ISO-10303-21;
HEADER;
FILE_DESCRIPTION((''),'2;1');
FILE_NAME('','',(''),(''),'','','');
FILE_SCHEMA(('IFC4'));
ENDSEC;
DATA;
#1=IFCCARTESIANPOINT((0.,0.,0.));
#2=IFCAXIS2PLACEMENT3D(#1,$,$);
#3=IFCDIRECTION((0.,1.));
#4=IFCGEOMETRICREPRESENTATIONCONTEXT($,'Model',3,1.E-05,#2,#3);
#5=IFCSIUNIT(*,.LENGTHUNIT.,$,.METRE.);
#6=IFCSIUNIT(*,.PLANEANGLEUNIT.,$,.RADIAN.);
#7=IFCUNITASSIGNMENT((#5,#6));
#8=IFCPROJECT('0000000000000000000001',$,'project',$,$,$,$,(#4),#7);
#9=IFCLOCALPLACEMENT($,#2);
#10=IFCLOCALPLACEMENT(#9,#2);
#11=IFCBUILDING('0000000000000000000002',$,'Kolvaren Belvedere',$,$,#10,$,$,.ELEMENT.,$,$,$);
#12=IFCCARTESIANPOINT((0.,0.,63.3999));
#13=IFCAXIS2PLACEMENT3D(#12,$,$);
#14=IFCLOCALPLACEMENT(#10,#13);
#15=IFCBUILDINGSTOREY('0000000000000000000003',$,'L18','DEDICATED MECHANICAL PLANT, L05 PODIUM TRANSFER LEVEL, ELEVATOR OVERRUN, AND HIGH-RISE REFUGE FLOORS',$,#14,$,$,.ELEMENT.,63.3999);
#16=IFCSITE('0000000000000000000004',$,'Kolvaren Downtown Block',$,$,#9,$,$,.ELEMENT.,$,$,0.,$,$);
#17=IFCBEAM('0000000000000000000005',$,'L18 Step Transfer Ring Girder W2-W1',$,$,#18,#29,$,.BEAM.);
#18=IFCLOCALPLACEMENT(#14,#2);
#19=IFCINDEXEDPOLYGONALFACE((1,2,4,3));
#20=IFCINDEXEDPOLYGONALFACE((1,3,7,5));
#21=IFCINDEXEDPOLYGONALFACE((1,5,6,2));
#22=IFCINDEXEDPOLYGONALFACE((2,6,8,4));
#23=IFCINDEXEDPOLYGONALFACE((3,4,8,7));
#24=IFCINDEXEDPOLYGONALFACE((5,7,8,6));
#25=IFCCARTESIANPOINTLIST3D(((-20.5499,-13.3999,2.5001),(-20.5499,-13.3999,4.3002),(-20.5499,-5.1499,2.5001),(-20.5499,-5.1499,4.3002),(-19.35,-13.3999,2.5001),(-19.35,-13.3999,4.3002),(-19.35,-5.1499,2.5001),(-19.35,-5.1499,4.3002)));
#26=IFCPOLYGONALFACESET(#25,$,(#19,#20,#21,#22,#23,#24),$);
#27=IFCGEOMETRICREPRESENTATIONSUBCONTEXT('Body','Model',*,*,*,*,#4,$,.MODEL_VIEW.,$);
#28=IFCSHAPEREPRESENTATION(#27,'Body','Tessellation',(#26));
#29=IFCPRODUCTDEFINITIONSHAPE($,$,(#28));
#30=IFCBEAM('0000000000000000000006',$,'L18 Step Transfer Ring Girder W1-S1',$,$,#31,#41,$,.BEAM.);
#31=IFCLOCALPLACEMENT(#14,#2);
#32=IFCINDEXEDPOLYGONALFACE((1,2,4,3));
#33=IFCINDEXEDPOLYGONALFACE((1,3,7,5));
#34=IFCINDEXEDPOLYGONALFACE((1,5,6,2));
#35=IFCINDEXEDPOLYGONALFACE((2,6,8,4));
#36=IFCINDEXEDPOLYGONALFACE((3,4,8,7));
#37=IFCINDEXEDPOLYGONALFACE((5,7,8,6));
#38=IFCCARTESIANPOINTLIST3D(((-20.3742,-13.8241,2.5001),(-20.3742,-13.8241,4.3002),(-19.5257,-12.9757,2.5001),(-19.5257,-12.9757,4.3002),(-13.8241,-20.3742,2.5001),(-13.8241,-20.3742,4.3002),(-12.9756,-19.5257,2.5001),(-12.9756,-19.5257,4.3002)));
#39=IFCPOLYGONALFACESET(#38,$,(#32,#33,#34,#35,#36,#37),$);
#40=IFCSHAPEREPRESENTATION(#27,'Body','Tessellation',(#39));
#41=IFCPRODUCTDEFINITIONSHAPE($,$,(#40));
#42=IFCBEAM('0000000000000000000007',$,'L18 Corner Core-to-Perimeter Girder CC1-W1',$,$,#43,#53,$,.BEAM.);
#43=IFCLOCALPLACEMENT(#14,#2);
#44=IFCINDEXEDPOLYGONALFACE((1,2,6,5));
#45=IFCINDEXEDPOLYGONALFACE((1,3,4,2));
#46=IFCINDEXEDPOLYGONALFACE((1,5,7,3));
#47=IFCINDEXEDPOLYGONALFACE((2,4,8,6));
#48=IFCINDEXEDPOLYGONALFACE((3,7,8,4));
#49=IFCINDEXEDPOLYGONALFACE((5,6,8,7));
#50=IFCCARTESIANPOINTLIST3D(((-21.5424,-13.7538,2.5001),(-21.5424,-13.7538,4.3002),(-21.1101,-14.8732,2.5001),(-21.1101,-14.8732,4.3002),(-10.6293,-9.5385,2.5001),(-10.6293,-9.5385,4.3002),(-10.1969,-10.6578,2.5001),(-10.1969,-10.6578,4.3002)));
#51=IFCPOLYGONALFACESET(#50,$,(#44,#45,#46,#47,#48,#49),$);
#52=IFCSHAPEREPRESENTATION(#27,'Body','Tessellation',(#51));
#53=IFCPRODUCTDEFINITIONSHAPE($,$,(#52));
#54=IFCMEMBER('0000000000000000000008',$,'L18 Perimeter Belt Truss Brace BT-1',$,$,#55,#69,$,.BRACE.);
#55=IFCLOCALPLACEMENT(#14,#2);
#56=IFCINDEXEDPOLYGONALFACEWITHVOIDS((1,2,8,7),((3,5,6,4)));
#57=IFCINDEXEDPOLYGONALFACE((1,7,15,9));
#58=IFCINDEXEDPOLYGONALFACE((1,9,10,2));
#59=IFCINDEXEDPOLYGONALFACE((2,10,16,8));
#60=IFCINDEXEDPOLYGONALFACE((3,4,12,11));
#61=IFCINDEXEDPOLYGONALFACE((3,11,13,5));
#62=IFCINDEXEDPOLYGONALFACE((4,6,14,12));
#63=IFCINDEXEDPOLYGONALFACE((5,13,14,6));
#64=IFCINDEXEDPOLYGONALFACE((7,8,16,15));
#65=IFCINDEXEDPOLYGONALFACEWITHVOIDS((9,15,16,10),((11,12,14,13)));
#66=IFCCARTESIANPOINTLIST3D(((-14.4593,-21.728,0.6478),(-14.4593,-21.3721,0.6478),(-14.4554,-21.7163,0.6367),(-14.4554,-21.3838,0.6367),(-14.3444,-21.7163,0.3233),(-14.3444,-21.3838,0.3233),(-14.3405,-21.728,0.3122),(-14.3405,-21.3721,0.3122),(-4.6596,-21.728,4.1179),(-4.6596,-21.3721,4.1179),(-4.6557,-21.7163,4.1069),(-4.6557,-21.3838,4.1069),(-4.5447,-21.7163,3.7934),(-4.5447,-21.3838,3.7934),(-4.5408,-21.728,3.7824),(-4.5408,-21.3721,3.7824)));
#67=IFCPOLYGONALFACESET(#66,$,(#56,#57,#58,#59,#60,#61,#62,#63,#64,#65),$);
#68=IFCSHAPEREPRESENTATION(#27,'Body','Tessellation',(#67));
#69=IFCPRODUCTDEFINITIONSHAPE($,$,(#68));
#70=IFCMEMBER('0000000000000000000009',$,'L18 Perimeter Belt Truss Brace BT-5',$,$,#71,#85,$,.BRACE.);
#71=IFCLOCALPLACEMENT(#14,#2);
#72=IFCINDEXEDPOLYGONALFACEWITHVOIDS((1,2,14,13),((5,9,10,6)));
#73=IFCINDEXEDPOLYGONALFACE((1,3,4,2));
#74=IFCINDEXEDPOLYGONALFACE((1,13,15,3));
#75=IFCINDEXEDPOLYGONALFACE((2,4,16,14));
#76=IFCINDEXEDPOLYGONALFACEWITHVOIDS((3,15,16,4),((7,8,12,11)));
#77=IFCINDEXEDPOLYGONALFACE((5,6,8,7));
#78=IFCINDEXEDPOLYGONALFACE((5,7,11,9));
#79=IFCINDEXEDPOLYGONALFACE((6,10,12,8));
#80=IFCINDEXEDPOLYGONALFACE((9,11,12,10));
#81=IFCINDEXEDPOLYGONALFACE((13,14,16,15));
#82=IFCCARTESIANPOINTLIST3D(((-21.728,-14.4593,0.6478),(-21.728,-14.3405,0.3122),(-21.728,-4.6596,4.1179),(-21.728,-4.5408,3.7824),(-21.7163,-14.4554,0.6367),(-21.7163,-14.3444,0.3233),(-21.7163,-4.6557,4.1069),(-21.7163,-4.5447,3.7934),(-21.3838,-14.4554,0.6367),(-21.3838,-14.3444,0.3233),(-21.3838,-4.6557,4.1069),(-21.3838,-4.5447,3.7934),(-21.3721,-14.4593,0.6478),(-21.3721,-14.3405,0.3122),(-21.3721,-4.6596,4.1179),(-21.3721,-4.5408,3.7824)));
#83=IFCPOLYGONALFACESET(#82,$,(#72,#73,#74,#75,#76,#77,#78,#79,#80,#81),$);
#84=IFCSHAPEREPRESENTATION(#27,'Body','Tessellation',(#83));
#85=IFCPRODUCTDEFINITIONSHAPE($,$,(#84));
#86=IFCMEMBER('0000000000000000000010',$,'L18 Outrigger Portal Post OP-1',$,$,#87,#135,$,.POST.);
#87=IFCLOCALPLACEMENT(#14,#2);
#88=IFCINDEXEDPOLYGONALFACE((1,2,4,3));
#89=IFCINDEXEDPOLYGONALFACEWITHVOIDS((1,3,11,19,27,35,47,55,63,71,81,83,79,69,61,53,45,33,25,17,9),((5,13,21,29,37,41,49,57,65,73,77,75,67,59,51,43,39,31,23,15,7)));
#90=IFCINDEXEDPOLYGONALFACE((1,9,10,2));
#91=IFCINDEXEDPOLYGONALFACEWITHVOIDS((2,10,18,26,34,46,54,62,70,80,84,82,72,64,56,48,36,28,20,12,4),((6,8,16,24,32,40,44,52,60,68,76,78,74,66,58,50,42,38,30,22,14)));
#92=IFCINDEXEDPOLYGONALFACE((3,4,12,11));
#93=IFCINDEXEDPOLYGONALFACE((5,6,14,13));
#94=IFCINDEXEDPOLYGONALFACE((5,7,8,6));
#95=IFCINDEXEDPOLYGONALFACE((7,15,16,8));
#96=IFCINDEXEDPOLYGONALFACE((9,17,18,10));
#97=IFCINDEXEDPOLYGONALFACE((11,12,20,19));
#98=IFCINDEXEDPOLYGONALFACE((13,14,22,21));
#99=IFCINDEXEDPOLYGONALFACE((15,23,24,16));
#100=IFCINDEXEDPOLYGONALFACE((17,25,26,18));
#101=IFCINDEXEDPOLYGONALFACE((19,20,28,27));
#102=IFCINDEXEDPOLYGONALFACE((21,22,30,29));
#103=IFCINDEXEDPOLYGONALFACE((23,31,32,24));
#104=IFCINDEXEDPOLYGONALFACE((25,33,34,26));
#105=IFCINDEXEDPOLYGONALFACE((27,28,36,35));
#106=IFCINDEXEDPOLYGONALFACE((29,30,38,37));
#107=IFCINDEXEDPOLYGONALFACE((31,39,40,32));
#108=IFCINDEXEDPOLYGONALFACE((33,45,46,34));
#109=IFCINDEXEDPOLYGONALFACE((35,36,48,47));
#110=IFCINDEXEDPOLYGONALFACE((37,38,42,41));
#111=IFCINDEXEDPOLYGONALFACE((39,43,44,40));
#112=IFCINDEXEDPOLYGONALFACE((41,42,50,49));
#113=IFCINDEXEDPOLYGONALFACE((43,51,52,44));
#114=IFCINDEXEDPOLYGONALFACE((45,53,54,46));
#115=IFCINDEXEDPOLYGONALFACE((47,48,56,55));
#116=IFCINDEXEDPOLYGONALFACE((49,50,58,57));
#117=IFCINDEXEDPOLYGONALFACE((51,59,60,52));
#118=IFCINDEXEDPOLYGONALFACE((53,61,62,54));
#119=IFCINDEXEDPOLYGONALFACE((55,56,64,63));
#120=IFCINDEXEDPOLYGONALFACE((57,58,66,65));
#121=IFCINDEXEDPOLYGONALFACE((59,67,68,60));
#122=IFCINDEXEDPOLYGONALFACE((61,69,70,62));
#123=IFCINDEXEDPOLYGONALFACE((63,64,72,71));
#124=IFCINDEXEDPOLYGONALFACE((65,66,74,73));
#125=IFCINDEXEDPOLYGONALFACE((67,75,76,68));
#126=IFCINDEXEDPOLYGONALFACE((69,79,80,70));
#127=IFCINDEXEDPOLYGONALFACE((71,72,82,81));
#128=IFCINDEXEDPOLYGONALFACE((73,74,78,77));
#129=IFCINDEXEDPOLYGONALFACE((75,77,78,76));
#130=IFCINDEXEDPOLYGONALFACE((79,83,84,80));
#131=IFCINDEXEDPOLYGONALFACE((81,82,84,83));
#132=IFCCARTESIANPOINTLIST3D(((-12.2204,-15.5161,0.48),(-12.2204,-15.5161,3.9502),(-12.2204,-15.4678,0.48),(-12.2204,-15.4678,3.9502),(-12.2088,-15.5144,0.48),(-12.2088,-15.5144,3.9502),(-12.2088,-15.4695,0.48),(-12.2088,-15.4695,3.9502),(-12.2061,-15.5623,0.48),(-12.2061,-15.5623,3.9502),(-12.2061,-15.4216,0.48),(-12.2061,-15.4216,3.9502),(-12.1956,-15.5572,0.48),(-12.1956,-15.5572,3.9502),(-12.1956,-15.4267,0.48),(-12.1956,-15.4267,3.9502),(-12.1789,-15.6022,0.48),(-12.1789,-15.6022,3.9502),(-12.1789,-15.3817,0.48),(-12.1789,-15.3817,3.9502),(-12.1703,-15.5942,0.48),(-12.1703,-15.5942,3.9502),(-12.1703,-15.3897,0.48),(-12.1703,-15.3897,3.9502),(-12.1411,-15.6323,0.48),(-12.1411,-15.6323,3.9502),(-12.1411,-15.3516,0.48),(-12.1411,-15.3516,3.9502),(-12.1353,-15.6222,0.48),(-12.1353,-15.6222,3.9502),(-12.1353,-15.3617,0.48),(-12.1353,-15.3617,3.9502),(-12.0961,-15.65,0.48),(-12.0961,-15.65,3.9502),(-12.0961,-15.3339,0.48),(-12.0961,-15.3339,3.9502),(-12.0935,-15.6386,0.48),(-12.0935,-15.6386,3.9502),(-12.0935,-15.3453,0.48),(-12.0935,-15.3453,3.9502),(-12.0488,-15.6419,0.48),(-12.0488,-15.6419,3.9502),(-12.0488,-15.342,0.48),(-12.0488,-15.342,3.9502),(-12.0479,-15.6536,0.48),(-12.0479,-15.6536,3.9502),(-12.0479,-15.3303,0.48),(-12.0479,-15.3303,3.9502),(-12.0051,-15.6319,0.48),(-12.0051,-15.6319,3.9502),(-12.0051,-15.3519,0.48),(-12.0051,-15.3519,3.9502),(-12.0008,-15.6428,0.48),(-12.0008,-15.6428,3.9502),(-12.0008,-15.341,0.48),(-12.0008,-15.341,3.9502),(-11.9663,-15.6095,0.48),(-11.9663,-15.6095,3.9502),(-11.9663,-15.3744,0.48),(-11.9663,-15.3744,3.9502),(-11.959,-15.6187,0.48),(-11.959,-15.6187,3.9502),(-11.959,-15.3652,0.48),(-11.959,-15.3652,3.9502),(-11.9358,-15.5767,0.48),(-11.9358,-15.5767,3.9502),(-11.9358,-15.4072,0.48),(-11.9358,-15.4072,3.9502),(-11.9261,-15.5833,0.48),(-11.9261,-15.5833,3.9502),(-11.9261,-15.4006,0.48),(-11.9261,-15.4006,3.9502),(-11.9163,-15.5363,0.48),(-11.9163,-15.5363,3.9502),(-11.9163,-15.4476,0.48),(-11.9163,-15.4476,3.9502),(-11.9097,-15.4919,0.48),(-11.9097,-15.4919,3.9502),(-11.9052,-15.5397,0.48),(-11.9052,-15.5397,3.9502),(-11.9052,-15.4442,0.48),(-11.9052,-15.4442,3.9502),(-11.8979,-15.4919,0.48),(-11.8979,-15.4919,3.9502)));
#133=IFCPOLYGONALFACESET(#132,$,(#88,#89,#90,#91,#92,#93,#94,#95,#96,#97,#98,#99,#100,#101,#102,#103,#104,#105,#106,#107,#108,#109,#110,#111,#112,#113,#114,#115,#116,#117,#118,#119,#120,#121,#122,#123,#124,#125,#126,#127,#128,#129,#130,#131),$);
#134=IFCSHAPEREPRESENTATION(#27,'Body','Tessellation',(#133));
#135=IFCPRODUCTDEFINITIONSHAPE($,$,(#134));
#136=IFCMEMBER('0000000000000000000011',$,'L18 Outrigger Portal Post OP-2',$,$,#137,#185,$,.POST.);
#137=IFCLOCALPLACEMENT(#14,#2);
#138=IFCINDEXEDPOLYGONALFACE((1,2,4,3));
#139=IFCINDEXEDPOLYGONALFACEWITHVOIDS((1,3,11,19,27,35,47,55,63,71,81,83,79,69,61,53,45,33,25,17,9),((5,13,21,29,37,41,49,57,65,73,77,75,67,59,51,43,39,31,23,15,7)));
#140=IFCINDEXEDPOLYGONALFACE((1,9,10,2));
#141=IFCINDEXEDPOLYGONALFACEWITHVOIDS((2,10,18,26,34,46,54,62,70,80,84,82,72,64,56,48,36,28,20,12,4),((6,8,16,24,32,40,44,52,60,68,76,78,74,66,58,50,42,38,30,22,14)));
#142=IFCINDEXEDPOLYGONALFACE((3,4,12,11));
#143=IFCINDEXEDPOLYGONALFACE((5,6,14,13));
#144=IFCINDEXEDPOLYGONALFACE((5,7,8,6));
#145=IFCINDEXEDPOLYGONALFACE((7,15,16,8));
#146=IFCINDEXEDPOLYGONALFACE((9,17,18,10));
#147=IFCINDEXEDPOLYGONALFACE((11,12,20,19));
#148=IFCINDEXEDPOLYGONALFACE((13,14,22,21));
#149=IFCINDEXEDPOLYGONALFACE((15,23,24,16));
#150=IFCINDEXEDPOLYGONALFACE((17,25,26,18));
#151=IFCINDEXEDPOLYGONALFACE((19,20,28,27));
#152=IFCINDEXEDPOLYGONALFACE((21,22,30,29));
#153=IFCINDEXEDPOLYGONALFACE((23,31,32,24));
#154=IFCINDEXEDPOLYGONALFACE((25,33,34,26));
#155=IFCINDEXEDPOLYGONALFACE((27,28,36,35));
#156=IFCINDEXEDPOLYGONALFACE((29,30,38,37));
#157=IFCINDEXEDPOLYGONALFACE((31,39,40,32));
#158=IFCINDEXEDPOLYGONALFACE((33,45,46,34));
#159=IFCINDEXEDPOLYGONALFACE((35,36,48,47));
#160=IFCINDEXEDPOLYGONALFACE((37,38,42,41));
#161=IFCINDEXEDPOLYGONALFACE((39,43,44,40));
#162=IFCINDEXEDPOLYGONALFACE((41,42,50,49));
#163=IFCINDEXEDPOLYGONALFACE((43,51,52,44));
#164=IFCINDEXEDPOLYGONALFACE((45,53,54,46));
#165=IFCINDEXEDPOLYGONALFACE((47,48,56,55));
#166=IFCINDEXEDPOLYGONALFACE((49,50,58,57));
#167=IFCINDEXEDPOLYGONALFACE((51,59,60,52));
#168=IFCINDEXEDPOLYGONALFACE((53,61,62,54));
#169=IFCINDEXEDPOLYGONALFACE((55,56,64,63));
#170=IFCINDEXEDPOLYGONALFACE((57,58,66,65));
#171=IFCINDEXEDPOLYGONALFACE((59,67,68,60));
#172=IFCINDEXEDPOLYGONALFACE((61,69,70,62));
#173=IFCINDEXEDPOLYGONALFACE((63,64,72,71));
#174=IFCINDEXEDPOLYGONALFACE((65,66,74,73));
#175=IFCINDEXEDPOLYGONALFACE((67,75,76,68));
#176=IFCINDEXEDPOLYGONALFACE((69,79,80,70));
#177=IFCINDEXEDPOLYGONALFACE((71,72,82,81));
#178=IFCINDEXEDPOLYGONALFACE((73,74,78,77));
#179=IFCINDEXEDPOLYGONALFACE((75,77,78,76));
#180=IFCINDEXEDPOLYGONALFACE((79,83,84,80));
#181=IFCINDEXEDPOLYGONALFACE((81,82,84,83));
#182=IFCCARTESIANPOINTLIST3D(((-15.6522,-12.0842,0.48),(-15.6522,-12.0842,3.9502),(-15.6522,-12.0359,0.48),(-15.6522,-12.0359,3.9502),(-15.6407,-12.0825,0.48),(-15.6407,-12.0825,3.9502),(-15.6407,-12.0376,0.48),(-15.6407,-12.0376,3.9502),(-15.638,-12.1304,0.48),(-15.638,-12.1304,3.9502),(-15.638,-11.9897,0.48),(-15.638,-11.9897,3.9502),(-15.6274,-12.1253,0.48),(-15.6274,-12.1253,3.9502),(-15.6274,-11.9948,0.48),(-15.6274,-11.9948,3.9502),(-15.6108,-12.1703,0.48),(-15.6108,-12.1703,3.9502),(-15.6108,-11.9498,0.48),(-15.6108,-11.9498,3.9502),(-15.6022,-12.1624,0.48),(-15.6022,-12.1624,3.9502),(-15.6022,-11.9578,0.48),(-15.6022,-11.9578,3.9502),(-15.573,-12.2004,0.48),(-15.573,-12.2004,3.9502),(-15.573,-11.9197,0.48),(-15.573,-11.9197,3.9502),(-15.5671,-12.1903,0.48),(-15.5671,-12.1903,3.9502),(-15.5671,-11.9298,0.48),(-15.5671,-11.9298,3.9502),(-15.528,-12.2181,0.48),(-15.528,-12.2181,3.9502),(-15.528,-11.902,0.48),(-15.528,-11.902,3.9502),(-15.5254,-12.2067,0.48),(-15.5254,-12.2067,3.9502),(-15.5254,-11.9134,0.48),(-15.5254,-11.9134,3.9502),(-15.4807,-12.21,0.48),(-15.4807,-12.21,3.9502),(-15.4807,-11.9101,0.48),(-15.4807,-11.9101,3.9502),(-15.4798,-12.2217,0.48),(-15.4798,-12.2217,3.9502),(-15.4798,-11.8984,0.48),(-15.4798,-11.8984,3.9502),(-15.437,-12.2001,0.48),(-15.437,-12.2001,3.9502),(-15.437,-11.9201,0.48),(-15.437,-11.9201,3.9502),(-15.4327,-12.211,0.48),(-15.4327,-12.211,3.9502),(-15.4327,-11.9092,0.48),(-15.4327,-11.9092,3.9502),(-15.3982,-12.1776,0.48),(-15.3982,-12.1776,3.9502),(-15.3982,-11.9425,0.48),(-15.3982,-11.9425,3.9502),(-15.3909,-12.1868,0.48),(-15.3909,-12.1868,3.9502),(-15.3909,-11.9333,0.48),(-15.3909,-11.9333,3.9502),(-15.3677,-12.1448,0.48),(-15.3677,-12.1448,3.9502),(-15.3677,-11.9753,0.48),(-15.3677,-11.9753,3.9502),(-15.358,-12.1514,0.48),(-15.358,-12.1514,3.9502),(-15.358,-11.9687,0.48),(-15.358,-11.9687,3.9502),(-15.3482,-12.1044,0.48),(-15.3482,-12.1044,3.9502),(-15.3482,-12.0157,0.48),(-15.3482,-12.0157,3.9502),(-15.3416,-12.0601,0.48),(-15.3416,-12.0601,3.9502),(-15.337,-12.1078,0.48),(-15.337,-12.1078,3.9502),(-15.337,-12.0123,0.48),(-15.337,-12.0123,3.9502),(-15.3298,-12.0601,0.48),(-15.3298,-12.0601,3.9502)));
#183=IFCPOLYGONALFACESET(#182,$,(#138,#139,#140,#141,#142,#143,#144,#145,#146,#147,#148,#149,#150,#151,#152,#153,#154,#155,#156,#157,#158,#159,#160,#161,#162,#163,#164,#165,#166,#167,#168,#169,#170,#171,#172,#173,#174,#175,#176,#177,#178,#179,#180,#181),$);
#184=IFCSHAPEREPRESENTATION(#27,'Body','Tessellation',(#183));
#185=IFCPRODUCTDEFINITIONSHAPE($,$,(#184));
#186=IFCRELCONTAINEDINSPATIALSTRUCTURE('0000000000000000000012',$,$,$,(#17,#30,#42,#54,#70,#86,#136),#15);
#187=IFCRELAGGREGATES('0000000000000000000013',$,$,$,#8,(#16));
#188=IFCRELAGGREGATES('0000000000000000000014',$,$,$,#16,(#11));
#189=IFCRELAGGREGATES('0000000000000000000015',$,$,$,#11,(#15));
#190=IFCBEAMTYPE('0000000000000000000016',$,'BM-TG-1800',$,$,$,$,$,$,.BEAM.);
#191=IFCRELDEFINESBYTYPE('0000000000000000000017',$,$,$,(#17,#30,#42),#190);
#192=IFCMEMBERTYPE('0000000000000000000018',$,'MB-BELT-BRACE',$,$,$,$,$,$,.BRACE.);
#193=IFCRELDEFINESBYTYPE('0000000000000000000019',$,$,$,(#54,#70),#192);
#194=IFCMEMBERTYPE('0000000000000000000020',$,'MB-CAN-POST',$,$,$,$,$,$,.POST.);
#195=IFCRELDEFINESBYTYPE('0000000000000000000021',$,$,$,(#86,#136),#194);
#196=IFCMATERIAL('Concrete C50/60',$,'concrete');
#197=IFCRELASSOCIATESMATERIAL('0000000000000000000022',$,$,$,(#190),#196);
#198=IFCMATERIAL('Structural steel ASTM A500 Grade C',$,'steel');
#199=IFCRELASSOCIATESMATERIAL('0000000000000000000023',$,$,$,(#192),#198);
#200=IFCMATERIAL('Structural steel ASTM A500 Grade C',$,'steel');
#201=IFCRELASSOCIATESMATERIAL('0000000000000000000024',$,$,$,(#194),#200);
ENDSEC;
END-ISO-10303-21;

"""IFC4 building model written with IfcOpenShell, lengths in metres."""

from ifc_helpers import new_model, si_unit, direction, frame, origin, origin_2d, place, context, subcontext, project, spatial, rectangle, hollow_rectangle, hollow_circle, extrude, material, material_profile, profile_set, type_object, element, save


model = new_model("IFC4")

# Units and contexts
model_context = context("Model", 3, precision=1e-05, world=origin(), true_north=direction((0.0, 1.0)))
body_context = subcontext(model_context, "Body", "Model", "MODEL_VIEW")
ifc_project = project(units=[si_unit("LENGTHUNIT", "METRE"), si_unit("PLANEANGLEUNIT", "RADIAN")], contexts=[model_context])

# Site, building, storey
site_placement = place(None, origin())
site = spatial("IfcSite", under=ifc_project, at=site_placement, Name="Kolvaren Downtown Block", CompositionType="ELEMENT", RefElevation=0.0)
building_placement = place(site_placement, origin())
building = spatial("IfcBuilding", under=site, at=building_placement, Name="Kolvaren Belvedere", CompositionType="ELEMENT")
storey_placement = place(building_placement, frame((0.0, 0.0, 63.3999)))
storey = spatial("IfcBuildingStorey", under=building, at=storey_placement, Name="L18", Description="DEDICATED MECHANICAL PLANT, L05 PODIUM TRANSFER LEVEL, ELEVATOR OVERRUN, AND HIGH-RISE REFUGE FLOORS", CompositionType="ELEMENT", Elevation=63.3999)

# Beams
ifc_material_1 = material(Name="Concrete C50/60", Category="concrete")
ifc_material_profile_1 = material_profile(ifc_material_1, rectangle(XDim=1.2, YDim=1.8, at=origin_2d()), Name="RC 1200X1800")
ifc_profile_set_1 = profile_set([ifc_material_profile_1], Name="Concrete C50/60")
beam_type_1 = type_object("IfcBeamType", Name="BM-TG-1800", PredefinedType="BEAM", material=ifc_profile_set_1)
for number, where, z_axis, x_axis, name in (
    (1, (-19.95, -5.1499, 3.4001), (0.0, -1.0, 0.0), (1.0, 0.0, 0.0), "L18 Step Transfer Ring Girder W2-W1"),
):
    element("IfcBeam", number, at=place(storey_placement, frame(where, z_axis=z_axis, x_axis=x_axis)), inside=storey, type_object=beam_type_1, Name=name, PredefinedType="BEAM", context=body_context, shape_type="SweptSolid", body=[
        extrude(rectangle(XDim=1.2, YDim=1.8, at=origin_2d()), origin(), (0.0, 0.0, 1.0), 8.25),
    ])
beam_1_placement = place(storey_placement, frame((-19.95, -13.3999, 3.4001), z_axis=(0.707107, -0.707107, 0.0), x_axis=(0.707107, 0.707107, 0.0)))
element("IfcBeam", 2, at=beam_1_placement, inside=storey, type_object=beam_type_1, Name="L18 Step Transfer Ring Girder W1-S1", PredefinedType="BEAM", context=body_context, shape_type="SweptSolid", body=[
    extrude(rectangle(XDim=1.2, YDim=1.8, at=origin_2d()), origin(), (0.0, 0.0, 1.0), 9.2632),
])
beam_2_placement = place(storey_placement, frame((-10.4131, -10.0981, 3.4001), z_axis=(-0.932829, -0.360318, 0.0), x_axis=(0.360318, -0.932829, 0.0)))
element("IfcBeam", 3, at=beam_2_placement, inside=storey, type_object=beam_type_1, Name="L18 Corner Core-to-Perimeter Girder CC1-W1", PredefinedType="BEAM", context=body_context, shape_type="SweptSolid", body=[
    extrude(rectangle(XDim=1.2, YDim=1.8, at=origin_2d()), origin(), (0.0, 0.0, 1.0), 11.699),
])

# Members
ifc_material_2 = material(Name="Structural steel ASTM A500 Grade C", Category="steel")
ifc_material_profile_2 = material_profile(ifc_material_2, hollow_rectangle(XDim=0.356, YDim=0.356, WallThickness=0.0117, at=origin_2d()), Name="HSS14X14X1/2")
ifc_profile_set_2 = profile_set([ifc_material_profile_2], Name="Structural steel ASTM A500 Grade C")
member_type_1 = type_object("IfcMemberType", Name="MB-BELT-BRACE", PredefinedType="BRACE", material=ifc_profile_set_2)
for number, where, z_axis, x_axis, name in (
    (4, (-14.3999, -21.55, 0.48), (0.942644, 0.0, 0.3338), (0.0, 1.0, 0.0), "L18 Perimeter Belt Truss Brace BT-1"),
    (5, (-21.55, -14.3999, 0.48), (0.0, 0.942644, 0.3338), (-1.0, 0.0, 0.0), "L18 Perimeter Belt Truss Brace BT-5"),
):
    element("IfcMember", number, at=place(storey_placement, frame(where, z_axis=z_axis, x_axis=x_axis)), inside=storey, type_object=member_type_1, Name=name, PredefinedType="BRACE", context=body_context, shape_type="SweptSolid", body=[
        extrude(hollow_rectangle(XDim=0.356, YDim=0.356, WallThickness=0.0117, at=origin_2d()), origin(), (0.0, 0.0, 1.0), 10.396),
    ])
ifc_material_3 = material(Name="Structural steel ASTM A500 Grade C", Category="steel")
ifc_material_profile_3 = material_profile(ifc_material_3, hollow_circle(Radius=0.1621, WallThickness=0.0117, at=origin_2d()), Name="HSS12.750X0.500")
ifc_profile_set_3 = profile_set([ifc_material_profile_3], Name="Structural steel ASTM A500 Grade C")
member_type_2 = type_object("IfcMemberType", Name="MB-CAN-POST", PredefinedType="POST", material=ifc_profile_set_3)
for number, where, z_axis, x_axis, name in (
    (6, (-12.0601, -15.4919, 0.48), (0.0, 0.0, 1.0), (1.0, 0.0, 0.0), "L18 Outrigger Portal Post OP-1"),
    (7, (-15.4919, -12.0601, 0.48), (0.0, 0.0, 1.0), (1.0, 0.0, 0.0), "L18 Outrigger Portal Post OP-2"),
):
    element("IfcMember", number, at=place(storey_placement, frame(where, z_axis=z_axis, x_axis=x_axis)), inside=storey, type_object=member_type_2, Name=name, PredefinedType="POST", context=body_context, shape_type="SweptSolid", body=[
        extrude(hollow_circle(Radius=0.1621, WallThickness=0.0117, at=origin_2d()), origin(), (0.0, 0.0, 1.0), 3.4702),
    ])

save(model, "model.ifc")
